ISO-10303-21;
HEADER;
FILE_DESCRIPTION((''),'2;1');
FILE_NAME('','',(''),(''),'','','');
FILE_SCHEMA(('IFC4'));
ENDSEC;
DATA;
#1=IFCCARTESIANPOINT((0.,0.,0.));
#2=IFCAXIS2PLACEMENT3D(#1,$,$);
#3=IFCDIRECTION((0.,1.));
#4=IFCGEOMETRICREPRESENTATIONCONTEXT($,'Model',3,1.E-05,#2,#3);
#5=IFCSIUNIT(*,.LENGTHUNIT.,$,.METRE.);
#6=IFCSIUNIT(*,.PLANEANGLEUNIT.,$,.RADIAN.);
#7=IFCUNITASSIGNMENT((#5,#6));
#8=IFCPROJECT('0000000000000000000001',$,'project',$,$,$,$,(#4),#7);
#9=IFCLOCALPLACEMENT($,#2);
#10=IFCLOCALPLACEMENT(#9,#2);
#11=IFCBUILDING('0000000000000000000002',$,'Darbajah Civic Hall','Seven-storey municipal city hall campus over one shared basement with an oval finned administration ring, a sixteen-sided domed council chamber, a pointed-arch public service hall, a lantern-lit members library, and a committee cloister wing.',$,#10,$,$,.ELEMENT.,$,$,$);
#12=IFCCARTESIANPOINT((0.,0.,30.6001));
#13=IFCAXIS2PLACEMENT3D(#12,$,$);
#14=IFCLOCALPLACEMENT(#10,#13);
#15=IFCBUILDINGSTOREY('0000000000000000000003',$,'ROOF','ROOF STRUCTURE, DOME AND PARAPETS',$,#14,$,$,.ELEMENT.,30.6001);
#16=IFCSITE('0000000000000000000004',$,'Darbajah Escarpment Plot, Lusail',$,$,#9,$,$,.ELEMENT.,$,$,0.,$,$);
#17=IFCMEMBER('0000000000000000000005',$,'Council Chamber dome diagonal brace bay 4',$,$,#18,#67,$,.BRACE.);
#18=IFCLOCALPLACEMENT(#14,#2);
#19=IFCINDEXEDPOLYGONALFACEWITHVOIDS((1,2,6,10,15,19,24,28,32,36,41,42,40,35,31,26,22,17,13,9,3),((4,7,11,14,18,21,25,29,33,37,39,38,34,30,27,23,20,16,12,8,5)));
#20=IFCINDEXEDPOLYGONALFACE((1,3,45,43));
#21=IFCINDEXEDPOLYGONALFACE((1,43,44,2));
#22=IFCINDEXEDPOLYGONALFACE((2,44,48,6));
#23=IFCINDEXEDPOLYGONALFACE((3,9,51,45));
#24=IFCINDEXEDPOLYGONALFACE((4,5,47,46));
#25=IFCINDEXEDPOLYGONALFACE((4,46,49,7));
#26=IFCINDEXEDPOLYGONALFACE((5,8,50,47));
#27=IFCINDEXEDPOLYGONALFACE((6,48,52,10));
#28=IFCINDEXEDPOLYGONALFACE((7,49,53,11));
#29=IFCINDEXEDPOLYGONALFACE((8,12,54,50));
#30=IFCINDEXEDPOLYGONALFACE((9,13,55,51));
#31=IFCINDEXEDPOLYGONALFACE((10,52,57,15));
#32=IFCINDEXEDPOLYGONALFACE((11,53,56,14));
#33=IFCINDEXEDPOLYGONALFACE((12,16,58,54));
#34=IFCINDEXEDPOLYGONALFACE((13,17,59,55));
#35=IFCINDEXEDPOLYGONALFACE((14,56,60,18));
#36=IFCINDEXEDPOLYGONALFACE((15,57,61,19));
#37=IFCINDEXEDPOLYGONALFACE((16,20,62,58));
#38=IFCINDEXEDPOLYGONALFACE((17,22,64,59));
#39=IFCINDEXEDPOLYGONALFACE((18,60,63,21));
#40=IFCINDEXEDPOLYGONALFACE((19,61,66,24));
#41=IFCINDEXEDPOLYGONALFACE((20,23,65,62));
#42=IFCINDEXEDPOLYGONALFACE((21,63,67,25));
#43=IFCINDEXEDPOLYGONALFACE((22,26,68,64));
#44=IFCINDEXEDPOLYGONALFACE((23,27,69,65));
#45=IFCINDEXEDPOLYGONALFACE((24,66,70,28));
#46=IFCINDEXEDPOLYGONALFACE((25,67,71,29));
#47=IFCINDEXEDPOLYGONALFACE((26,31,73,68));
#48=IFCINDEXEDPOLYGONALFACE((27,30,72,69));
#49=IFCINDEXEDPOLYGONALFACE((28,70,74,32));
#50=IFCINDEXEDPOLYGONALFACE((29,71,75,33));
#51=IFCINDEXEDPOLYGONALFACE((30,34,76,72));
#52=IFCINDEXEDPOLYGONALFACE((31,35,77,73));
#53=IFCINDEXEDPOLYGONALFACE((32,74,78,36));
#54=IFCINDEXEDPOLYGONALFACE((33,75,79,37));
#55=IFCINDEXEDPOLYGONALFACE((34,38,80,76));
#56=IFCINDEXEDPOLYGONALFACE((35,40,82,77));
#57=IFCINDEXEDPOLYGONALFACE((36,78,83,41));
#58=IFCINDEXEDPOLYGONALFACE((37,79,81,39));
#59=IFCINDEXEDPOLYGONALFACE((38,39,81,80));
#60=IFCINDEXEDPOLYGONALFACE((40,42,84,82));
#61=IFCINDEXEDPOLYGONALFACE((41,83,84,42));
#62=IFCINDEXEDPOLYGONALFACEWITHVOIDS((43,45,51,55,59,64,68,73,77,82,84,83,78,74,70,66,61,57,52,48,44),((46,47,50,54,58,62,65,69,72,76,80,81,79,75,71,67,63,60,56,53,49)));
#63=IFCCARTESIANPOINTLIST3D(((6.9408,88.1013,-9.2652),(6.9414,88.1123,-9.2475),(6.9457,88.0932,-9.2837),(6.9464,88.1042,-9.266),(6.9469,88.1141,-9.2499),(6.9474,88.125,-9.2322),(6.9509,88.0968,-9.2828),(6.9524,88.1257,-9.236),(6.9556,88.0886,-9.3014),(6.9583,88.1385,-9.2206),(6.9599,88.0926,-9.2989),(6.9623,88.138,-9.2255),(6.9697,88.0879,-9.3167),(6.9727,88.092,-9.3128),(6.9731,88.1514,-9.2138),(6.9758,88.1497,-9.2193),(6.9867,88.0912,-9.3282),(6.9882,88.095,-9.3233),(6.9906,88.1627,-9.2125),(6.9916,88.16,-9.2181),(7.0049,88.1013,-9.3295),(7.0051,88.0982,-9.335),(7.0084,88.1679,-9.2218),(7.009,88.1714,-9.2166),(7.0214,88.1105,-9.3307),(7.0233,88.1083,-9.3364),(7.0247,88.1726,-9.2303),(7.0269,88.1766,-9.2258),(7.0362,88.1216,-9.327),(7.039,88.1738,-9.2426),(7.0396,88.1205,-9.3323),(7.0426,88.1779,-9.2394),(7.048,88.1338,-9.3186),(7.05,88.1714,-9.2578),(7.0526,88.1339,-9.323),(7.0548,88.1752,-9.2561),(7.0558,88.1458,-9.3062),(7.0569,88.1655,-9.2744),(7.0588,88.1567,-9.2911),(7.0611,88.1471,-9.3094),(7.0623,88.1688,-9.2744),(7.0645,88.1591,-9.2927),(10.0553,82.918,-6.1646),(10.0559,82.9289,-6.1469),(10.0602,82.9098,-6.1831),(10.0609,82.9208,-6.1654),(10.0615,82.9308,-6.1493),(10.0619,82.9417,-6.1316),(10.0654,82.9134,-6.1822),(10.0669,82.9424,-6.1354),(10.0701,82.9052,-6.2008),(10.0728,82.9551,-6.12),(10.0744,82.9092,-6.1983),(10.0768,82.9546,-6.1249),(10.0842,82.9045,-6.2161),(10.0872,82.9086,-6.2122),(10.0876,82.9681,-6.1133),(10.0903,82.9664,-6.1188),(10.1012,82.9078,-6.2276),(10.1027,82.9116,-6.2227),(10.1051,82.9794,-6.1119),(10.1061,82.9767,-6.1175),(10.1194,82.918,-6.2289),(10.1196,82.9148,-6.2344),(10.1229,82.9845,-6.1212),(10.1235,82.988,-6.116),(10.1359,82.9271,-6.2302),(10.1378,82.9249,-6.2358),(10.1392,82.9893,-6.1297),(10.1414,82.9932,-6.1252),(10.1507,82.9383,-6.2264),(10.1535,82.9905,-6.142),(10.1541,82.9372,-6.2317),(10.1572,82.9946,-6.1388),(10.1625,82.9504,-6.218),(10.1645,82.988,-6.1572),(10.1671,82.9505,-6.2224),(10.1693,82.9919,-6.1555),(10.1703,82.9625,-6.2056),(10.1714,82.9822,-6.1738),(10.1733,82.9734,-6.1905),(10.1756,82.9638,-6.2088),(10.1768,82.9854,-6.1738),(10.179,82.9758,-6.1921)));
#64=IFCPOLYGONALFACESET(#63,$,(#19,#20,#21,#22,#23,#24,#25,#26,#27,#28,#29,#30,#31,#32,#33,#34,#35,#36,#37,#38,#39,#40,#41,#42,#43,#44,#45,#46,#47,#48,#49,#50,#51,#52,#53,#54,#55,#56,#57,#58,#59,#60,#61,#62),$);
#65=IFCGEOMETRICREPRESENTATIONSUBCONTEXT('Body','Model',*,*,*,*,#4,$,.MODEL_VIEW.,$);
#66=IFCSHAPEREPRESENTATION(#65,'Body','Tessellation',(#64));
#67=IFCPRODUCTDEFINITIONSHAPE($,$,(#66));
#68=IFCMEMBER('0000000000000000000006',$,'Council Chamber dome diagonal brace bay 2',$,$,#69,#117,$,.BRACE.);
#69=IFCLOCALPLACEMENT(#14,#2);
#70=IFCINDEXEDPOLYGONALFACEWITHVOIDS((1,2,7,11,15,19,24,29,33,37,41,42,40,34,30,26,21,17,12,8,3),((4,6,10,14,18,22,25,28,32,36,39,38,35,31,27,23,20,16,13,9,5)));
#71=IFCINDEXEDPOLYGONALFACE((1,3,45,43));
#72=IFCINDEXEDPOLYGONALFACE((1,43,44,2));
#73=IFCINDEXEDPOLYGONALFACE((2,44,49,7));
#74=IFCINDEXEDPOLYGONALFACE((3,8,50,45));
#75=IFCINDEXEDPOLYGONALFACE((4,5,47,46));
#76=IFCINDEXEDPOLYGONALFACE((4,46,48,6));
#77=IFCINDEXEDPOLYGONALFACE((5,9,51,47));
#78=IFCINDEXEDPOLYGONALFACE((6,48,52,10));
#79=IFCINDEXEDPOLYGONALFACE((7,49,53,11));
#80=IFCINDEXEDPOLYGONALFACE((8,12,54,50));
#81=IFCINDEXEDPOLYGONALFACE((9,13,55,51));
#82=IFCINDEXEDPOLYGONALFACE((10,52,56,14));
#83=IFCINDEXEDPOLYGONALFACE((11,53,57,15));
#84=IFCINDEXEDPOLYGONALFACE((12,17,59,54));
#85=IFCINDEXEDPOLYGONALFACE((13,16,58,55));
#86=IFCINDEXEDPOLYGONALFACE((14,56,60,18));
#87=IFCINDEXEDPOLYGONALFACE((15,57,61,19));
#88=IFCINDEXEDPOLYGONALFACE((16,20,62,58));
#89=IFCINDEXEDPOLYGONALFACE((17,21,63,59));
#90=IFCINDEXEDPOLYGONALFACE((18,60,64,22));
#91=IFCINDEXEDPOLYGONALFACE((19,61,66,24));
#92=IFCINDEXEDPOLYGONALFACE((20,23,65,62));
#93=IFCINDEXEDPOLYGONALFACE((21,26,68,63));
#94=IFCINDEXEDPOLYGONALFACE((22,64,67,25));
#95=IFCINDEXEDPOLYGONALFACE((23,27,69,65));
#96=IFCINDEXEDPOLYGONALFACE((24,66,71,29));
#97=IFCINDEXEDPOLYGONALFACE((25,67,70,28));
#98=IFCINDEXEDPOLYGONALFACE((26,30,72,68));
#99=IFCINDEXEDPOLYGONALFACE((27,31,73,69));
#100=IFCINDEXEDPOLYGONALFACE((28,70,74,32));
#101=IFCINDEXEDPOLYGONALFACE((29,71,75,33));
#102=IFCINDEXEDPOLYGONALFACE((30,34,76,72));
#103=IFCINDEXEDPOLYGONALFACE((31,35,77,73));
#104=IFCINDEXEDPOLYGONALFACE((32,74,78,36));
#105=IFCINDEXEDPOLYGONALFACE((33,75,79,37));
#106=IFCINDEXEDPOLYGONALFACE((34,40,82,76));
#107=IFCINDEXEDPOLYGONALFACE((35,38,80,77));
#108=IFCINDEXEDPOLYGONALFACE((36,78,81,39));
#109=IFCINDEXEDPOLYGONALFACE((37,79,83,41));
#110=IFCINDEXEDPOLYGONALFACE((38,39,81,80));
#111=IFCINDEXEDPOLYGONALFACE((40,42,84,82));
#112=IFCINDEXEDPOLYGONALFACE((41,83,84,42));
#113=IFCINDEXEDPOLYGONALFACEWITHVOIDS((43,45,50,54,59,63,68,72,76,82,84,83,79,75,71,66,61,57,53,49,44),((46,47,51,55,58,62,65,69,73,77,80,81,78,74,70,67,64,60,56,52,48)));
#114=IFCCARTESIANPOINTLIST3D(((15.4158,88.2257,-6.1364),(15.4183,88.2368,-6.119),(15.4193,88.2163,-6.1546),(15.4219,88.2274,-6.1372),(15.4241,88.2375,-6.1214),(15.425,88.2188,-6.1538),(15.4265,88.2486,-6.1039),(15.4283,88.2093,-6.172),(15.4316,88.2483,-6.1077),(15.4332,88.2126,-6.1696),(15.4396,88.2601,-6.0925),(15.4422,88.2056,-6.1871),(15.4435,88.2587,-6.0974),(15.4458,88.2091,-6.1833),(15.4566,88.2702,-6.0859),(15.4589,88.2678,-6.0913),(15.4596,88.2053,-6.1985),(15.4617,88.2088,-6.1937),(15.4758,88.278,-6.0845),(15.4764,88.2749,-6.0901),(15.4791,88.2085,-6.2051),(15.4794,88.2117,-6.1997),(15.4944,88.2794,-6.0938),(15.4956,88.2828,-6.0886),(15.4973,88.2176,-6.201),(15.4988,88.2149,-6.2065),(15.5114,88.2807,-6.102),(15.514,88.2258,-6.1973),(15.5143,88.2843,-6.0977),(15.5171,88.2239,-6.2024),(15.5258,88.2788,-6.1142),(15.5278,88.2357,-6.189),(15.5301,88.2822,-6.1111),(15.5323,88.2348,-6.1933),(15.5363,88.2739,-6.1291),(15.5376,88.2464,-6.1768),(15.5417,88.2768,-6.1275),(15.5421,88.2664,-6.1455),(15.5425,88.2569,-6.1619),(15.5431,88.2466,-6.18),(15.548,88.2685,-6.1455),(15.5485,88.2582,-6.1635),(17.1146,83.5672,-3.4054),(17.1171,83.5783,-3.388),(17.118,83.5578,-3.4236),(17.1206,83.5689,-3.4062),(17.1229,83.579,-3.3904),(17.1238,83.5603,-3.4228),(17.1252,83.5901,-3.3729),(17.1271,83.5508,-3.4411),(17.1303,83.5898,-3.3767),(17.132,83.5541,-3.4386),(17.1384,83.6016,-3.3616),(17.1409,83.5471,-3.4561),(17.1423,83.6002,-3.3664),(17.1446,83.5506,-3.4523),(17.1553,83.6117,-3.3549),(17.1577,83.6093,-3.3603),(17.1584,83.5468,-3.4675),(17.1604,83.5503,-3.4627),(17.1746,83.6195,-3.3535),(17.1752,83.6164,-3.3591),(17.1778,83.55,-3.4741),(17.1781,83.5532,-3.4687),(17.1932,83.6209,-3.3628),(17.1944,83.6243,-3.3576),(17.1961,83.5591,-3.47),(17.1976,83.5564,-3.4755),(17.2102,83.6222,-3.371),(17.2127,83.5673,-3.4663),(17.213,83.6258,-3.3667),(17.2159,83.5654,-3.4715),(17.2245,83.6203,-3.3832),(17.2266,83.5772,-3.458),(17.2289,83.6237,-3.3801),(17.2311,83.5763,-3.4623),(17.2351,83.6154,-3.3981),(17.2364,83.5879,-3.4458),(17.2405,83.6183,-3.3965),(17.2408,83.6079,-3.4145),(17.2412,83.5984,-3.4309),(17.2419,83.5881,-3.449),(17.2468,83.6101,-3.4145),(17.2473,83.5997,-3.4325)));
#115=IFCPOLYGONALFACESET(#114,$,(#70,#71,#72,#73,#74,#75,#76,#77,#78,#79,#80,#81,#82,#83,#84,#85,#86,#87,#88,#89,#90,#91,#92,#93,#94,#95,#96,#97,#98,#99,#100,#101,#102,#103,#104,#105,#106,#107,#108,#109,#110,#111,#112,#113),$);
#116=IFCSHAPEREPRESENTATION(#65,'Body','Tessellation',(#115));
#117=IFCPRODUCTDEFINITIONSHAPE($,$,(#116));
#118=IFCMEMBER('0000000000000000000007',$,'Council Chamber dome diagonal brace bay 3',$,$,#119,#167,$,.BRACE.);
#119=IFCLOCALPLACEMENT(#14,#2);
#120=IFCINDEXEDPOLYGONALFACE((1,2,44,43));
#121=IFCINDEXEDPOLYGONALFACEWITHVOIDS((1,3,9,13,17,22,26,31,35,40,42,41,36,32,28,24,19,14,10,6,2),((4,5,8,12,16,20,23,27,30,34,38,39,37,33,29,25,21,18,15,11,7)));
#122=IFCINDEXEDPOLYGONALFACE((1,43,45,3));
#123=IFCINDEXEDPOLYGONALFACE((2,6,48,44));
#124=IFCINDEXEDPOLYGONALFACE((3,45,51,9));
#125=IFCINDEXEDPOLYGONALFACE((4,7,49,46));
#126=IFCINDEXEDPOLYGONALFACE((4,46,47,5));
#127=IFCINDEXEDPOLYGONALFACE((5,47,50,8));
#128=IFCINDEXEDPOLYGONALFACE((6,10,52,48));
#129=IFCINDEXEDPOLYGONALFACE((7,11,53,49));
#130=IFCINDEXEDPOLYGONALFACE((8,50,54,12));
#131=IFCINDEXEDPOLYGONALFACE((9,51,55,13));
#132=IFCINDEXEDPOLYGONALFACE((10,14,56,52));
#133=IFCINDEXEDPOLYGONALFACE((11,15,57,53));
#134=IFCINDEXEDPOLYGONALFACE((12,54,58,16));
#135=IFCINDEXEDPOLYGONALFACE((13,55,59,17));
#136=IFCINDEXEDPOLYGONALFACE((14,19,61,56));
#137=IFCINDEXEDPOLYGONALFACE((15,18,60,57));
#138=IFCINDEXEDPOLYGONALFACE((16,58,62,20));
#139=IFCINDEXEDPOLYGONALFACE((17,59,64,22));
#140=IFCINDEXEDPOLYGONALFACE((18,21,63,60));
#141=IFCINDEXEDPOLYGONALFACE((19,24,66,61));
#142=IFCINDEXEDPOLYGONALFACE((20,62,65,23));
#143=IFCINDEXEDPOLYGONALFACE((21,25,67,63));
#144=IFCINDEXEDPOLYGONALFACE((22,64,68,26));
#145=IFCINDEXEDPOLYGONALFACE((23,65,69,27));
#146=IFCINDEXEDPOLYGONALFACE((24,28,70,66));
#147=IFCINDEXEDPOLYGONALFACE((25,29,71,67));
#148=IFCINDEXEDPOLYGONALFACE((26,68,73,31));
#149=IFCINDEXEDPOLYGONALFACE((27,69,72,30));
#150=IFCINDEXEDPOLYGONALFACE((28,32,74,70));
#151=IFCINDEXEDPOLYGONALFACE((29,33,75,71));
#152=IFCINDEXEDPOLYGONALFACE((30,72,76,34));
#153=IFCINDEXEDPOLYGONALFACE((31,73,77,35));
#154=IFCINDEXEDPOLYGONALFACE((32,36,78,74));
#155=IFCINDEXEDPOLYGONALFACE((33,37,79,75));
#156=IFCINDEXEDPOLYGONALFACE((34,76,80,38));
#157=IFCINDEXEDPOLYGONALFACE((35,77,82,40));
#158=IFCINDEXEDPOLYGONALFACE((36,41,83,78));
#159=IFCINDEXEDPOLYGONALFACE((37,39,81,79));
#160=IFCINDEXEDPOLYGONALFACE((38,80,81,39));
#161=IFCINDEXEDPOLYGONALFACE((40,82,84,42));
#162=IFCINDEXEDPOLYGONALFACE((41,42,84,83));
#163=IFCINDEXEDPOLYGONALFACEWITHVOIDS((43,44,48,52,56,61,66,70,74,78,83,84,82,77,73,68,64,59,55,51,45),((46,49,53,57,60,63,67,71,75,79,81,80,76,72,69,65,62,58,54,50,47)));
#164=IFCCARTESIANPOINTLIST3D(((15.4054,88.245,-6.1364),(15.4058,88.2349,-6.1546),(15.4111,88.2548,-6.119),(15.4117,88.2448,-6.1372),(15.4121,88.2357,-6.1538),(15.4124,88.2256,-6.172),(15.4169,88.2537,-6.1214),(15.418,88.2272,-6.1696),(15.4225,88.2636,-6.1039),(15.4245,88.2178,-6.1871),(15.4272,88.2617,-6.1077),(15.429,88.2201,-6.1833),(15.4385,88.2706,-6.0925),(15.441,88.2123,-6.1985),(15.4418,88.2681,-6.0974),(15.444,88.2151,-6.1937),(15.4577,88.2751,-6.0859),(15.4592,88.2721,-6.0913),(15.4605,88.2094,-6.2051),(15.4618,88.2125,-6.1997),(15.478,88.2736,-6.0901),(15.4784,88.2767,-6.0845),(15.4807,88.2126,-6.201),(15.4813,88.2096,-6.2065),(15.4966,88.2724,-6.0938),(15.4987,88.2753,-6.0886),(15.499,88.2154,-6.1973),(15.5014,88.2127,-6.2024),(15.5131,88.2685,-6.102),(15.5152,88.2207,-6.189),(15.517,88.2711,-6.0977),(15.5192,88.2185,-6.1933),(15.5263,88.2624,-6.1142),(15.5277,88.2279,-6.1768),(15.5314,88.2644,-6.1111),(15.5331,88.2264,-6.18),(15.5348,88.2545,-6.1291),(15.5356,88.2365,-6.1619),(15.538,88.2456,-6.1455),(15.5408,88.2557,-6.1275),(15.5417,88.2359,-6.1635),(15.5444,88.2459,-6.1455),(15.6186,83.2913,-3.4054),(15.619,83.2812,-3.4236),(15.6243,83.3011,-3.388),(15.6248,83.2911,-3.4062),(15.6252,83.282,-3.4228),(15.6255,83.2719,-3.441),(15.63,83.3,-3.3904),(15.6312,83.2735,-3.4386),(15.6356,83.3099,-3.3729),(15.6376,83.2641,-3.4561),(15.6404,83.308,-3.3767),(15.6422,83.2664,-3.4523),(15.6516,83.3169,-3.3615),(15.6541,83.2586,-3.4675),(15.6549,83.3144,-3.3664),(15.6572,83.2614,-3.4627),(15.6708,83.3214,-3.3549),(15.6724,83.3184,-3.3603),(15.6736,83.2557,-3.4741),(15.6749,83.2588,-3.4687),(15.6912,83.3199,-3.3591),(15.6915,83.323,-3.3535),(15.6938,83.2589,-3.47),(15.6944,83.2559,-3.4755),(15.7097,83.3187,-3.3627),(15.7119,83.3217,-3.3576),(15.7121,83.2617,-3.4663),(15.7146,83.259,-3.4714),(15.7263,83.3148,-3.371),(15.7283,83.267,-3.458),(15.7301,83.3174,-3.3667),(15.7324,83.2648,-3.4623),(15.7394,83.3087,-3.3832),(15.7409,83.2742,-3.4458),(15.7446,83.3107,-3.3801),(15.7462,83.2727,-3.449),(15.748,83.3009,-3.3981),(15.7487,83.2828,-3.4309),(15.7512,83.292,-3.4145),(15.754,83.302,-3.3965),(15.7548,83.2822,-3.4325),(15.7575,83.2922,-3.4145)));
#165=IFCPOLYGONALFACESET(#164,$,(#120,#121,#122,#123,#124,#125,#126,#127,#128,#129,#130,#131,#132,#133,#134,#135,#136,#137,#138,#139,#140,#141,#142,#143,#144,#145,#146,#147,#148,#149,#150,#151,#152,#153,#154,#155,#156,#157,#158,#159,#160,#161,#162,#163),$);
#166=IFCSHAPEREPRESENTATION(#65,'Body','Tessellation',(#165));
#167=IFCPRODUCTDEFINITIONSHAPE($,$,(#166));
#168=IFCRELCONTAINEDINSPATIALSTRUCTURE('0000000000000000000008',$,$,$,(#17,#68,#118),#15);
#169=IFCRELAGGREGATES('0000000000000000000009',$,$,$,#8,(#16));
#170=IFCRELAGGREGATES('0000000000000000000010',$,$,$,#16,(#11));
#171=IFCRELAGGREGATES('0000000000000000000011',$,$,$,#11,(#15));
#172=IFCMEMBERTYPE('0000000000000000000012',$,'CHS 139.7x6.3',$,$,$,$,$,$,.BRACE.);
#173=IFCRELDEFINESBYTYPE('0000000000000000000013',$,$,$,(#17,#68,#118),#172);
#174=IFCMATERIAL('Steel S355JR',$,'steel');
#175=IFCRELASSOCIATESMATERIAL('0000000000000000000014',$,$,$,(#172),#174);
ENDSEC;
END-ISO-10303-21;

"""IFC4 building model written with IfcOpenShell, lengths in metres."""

from ifc_helpers import new_model, si_unit, direction, frame, origin, origin_2d, place, context, subcontext, project, spatial, hollow_circle, extrude, material, material_profile, profile_set, type_object, element, save


model = new_model("IFC4")

# Units and contexts
model_context = context("Model", 3, precision=1e-05, world=origin(), true_north=direction((0.0, 1.0)))
body_context = subcontext(model_context, "Body", "Model", "MODEL_VIEW")
ifc_project = project(units=[si_unit("LENGTHUNIT", "METRE"), si_unit("PLANEANGLEUNIT", "RADIAN")], contexts=[model_context])

# Site, building, storey
site_placement = place(None, origin())
site = spatial("IfcSite", under=ifc_project, at=site_placement, Name="Darbajah Escarpment Plot, Lusail", CompositionType="ELEMENT", RefElevation=0.0)
building_placement = place(site_placement, origin())
building = spatial("IfcBuilding", under=site, at=building_placement, Name="Darbajah Civic Hall", Description="Seven-storey municipal city hall campus over one shared basement with an oval finned administration ring, a sixteen-sided domed council chamber, a pointed-arch public service hall, a lantern-lit members library, and a committee cloister wing.", CompositionType="ELEMENT")
storey_placement = place(building_placement, frame((0.0, 0.0, 30.6001)))
storey = spatial("IfcBuildingStorey", under=building, at=storey_placement, Name="ROOF", Description="ROOF STRUCTURE, DOME AND PARAPETS", CompositionType="ELEMENT", Elevation=30.6001)

# Members
ifc_material = material(Name="Steel S355JR", Category="steel")
ifc_material_profile_1 = material_profile(ifc_material, hollow_circle(Radius=0.0698, WallThickness=0.0063, at=origin_2d()), Name="CHS 139.7x6.3")
ifc_profile_set_1 = profile_set([ifc_material_profile_1], Name="Steel S355JR")
member_type_1 = type_object("IfcMemberType", Name="CHS 139.7x6.3", PredefinedType="BRACE", material=ifc_profile_set_1)
member_1_placement = place(storey_placement, frame((7.0024, 88.1328, -9.2744), z_axis=(0.458308, -0.762745, 0.45626), x_axis=(0.857165, 0.515042, 0.0)))
element("IfcMember", 1, at=member_1_placement, inside=storey, type_object=member_type_1, Name="Council Chamber dome diagonal brace bay 4", PredefinedType="BRACE", context=body_context, shape_type="SweptSolid", body=[
    extrude(hollow_circle(Radius=0.0698, WallThickness=0.0063, at=origin_2d()), origin(), (0.0, 0.0, 1.0), 6.7957),
])
member_2_placement = place(storey_placement, frame((15.4824, 88.2446, -6.1455), z_axis=(0.300085, -0.822927, 0.482431), x_axis=(0.939485, 0.342589, 0.0)))
element("IfcMember", 2, at=member_2_placement, inside=storey, type_object=member_type_1, Name="Council Chamber dome diagonal brace bay 2", PredefinedType="BRACE", context=body_context, shape_type="SweptSolid", body=[
    extrude(hollow_circle(Radius=0.0698, WallThickness=0.0063, at=origin_2d()), origin(), (0.0, 0.0, 1.0), 5.6609),
])
for number, where, z_axis, x_axis, name in (
    (3, (15.4746, 88.2429, -6.1455), (0.037653, -0.875112, 0.482454), (0.999076, 0.042986, 0.0), "Council Chamber dome diagonal brace bay 3"),
):
    element("IfcMember", number, at=place(storey_placement, frame(where, z_axis=z_axis, x_axis=x_axis)), inside=storey, type_object=member_type_1, Name=name, PredefinedType="BRACE", context=body_context, shape_type="SweptSolid", body=[
        extrude(hollow_circle(Radius=0.0698, WallThickness=0.0063, at=origin_2d()), origin(), (0.0, 0.0, 1.0), 5.6606),
    ])

save(model, "model.ifc")
